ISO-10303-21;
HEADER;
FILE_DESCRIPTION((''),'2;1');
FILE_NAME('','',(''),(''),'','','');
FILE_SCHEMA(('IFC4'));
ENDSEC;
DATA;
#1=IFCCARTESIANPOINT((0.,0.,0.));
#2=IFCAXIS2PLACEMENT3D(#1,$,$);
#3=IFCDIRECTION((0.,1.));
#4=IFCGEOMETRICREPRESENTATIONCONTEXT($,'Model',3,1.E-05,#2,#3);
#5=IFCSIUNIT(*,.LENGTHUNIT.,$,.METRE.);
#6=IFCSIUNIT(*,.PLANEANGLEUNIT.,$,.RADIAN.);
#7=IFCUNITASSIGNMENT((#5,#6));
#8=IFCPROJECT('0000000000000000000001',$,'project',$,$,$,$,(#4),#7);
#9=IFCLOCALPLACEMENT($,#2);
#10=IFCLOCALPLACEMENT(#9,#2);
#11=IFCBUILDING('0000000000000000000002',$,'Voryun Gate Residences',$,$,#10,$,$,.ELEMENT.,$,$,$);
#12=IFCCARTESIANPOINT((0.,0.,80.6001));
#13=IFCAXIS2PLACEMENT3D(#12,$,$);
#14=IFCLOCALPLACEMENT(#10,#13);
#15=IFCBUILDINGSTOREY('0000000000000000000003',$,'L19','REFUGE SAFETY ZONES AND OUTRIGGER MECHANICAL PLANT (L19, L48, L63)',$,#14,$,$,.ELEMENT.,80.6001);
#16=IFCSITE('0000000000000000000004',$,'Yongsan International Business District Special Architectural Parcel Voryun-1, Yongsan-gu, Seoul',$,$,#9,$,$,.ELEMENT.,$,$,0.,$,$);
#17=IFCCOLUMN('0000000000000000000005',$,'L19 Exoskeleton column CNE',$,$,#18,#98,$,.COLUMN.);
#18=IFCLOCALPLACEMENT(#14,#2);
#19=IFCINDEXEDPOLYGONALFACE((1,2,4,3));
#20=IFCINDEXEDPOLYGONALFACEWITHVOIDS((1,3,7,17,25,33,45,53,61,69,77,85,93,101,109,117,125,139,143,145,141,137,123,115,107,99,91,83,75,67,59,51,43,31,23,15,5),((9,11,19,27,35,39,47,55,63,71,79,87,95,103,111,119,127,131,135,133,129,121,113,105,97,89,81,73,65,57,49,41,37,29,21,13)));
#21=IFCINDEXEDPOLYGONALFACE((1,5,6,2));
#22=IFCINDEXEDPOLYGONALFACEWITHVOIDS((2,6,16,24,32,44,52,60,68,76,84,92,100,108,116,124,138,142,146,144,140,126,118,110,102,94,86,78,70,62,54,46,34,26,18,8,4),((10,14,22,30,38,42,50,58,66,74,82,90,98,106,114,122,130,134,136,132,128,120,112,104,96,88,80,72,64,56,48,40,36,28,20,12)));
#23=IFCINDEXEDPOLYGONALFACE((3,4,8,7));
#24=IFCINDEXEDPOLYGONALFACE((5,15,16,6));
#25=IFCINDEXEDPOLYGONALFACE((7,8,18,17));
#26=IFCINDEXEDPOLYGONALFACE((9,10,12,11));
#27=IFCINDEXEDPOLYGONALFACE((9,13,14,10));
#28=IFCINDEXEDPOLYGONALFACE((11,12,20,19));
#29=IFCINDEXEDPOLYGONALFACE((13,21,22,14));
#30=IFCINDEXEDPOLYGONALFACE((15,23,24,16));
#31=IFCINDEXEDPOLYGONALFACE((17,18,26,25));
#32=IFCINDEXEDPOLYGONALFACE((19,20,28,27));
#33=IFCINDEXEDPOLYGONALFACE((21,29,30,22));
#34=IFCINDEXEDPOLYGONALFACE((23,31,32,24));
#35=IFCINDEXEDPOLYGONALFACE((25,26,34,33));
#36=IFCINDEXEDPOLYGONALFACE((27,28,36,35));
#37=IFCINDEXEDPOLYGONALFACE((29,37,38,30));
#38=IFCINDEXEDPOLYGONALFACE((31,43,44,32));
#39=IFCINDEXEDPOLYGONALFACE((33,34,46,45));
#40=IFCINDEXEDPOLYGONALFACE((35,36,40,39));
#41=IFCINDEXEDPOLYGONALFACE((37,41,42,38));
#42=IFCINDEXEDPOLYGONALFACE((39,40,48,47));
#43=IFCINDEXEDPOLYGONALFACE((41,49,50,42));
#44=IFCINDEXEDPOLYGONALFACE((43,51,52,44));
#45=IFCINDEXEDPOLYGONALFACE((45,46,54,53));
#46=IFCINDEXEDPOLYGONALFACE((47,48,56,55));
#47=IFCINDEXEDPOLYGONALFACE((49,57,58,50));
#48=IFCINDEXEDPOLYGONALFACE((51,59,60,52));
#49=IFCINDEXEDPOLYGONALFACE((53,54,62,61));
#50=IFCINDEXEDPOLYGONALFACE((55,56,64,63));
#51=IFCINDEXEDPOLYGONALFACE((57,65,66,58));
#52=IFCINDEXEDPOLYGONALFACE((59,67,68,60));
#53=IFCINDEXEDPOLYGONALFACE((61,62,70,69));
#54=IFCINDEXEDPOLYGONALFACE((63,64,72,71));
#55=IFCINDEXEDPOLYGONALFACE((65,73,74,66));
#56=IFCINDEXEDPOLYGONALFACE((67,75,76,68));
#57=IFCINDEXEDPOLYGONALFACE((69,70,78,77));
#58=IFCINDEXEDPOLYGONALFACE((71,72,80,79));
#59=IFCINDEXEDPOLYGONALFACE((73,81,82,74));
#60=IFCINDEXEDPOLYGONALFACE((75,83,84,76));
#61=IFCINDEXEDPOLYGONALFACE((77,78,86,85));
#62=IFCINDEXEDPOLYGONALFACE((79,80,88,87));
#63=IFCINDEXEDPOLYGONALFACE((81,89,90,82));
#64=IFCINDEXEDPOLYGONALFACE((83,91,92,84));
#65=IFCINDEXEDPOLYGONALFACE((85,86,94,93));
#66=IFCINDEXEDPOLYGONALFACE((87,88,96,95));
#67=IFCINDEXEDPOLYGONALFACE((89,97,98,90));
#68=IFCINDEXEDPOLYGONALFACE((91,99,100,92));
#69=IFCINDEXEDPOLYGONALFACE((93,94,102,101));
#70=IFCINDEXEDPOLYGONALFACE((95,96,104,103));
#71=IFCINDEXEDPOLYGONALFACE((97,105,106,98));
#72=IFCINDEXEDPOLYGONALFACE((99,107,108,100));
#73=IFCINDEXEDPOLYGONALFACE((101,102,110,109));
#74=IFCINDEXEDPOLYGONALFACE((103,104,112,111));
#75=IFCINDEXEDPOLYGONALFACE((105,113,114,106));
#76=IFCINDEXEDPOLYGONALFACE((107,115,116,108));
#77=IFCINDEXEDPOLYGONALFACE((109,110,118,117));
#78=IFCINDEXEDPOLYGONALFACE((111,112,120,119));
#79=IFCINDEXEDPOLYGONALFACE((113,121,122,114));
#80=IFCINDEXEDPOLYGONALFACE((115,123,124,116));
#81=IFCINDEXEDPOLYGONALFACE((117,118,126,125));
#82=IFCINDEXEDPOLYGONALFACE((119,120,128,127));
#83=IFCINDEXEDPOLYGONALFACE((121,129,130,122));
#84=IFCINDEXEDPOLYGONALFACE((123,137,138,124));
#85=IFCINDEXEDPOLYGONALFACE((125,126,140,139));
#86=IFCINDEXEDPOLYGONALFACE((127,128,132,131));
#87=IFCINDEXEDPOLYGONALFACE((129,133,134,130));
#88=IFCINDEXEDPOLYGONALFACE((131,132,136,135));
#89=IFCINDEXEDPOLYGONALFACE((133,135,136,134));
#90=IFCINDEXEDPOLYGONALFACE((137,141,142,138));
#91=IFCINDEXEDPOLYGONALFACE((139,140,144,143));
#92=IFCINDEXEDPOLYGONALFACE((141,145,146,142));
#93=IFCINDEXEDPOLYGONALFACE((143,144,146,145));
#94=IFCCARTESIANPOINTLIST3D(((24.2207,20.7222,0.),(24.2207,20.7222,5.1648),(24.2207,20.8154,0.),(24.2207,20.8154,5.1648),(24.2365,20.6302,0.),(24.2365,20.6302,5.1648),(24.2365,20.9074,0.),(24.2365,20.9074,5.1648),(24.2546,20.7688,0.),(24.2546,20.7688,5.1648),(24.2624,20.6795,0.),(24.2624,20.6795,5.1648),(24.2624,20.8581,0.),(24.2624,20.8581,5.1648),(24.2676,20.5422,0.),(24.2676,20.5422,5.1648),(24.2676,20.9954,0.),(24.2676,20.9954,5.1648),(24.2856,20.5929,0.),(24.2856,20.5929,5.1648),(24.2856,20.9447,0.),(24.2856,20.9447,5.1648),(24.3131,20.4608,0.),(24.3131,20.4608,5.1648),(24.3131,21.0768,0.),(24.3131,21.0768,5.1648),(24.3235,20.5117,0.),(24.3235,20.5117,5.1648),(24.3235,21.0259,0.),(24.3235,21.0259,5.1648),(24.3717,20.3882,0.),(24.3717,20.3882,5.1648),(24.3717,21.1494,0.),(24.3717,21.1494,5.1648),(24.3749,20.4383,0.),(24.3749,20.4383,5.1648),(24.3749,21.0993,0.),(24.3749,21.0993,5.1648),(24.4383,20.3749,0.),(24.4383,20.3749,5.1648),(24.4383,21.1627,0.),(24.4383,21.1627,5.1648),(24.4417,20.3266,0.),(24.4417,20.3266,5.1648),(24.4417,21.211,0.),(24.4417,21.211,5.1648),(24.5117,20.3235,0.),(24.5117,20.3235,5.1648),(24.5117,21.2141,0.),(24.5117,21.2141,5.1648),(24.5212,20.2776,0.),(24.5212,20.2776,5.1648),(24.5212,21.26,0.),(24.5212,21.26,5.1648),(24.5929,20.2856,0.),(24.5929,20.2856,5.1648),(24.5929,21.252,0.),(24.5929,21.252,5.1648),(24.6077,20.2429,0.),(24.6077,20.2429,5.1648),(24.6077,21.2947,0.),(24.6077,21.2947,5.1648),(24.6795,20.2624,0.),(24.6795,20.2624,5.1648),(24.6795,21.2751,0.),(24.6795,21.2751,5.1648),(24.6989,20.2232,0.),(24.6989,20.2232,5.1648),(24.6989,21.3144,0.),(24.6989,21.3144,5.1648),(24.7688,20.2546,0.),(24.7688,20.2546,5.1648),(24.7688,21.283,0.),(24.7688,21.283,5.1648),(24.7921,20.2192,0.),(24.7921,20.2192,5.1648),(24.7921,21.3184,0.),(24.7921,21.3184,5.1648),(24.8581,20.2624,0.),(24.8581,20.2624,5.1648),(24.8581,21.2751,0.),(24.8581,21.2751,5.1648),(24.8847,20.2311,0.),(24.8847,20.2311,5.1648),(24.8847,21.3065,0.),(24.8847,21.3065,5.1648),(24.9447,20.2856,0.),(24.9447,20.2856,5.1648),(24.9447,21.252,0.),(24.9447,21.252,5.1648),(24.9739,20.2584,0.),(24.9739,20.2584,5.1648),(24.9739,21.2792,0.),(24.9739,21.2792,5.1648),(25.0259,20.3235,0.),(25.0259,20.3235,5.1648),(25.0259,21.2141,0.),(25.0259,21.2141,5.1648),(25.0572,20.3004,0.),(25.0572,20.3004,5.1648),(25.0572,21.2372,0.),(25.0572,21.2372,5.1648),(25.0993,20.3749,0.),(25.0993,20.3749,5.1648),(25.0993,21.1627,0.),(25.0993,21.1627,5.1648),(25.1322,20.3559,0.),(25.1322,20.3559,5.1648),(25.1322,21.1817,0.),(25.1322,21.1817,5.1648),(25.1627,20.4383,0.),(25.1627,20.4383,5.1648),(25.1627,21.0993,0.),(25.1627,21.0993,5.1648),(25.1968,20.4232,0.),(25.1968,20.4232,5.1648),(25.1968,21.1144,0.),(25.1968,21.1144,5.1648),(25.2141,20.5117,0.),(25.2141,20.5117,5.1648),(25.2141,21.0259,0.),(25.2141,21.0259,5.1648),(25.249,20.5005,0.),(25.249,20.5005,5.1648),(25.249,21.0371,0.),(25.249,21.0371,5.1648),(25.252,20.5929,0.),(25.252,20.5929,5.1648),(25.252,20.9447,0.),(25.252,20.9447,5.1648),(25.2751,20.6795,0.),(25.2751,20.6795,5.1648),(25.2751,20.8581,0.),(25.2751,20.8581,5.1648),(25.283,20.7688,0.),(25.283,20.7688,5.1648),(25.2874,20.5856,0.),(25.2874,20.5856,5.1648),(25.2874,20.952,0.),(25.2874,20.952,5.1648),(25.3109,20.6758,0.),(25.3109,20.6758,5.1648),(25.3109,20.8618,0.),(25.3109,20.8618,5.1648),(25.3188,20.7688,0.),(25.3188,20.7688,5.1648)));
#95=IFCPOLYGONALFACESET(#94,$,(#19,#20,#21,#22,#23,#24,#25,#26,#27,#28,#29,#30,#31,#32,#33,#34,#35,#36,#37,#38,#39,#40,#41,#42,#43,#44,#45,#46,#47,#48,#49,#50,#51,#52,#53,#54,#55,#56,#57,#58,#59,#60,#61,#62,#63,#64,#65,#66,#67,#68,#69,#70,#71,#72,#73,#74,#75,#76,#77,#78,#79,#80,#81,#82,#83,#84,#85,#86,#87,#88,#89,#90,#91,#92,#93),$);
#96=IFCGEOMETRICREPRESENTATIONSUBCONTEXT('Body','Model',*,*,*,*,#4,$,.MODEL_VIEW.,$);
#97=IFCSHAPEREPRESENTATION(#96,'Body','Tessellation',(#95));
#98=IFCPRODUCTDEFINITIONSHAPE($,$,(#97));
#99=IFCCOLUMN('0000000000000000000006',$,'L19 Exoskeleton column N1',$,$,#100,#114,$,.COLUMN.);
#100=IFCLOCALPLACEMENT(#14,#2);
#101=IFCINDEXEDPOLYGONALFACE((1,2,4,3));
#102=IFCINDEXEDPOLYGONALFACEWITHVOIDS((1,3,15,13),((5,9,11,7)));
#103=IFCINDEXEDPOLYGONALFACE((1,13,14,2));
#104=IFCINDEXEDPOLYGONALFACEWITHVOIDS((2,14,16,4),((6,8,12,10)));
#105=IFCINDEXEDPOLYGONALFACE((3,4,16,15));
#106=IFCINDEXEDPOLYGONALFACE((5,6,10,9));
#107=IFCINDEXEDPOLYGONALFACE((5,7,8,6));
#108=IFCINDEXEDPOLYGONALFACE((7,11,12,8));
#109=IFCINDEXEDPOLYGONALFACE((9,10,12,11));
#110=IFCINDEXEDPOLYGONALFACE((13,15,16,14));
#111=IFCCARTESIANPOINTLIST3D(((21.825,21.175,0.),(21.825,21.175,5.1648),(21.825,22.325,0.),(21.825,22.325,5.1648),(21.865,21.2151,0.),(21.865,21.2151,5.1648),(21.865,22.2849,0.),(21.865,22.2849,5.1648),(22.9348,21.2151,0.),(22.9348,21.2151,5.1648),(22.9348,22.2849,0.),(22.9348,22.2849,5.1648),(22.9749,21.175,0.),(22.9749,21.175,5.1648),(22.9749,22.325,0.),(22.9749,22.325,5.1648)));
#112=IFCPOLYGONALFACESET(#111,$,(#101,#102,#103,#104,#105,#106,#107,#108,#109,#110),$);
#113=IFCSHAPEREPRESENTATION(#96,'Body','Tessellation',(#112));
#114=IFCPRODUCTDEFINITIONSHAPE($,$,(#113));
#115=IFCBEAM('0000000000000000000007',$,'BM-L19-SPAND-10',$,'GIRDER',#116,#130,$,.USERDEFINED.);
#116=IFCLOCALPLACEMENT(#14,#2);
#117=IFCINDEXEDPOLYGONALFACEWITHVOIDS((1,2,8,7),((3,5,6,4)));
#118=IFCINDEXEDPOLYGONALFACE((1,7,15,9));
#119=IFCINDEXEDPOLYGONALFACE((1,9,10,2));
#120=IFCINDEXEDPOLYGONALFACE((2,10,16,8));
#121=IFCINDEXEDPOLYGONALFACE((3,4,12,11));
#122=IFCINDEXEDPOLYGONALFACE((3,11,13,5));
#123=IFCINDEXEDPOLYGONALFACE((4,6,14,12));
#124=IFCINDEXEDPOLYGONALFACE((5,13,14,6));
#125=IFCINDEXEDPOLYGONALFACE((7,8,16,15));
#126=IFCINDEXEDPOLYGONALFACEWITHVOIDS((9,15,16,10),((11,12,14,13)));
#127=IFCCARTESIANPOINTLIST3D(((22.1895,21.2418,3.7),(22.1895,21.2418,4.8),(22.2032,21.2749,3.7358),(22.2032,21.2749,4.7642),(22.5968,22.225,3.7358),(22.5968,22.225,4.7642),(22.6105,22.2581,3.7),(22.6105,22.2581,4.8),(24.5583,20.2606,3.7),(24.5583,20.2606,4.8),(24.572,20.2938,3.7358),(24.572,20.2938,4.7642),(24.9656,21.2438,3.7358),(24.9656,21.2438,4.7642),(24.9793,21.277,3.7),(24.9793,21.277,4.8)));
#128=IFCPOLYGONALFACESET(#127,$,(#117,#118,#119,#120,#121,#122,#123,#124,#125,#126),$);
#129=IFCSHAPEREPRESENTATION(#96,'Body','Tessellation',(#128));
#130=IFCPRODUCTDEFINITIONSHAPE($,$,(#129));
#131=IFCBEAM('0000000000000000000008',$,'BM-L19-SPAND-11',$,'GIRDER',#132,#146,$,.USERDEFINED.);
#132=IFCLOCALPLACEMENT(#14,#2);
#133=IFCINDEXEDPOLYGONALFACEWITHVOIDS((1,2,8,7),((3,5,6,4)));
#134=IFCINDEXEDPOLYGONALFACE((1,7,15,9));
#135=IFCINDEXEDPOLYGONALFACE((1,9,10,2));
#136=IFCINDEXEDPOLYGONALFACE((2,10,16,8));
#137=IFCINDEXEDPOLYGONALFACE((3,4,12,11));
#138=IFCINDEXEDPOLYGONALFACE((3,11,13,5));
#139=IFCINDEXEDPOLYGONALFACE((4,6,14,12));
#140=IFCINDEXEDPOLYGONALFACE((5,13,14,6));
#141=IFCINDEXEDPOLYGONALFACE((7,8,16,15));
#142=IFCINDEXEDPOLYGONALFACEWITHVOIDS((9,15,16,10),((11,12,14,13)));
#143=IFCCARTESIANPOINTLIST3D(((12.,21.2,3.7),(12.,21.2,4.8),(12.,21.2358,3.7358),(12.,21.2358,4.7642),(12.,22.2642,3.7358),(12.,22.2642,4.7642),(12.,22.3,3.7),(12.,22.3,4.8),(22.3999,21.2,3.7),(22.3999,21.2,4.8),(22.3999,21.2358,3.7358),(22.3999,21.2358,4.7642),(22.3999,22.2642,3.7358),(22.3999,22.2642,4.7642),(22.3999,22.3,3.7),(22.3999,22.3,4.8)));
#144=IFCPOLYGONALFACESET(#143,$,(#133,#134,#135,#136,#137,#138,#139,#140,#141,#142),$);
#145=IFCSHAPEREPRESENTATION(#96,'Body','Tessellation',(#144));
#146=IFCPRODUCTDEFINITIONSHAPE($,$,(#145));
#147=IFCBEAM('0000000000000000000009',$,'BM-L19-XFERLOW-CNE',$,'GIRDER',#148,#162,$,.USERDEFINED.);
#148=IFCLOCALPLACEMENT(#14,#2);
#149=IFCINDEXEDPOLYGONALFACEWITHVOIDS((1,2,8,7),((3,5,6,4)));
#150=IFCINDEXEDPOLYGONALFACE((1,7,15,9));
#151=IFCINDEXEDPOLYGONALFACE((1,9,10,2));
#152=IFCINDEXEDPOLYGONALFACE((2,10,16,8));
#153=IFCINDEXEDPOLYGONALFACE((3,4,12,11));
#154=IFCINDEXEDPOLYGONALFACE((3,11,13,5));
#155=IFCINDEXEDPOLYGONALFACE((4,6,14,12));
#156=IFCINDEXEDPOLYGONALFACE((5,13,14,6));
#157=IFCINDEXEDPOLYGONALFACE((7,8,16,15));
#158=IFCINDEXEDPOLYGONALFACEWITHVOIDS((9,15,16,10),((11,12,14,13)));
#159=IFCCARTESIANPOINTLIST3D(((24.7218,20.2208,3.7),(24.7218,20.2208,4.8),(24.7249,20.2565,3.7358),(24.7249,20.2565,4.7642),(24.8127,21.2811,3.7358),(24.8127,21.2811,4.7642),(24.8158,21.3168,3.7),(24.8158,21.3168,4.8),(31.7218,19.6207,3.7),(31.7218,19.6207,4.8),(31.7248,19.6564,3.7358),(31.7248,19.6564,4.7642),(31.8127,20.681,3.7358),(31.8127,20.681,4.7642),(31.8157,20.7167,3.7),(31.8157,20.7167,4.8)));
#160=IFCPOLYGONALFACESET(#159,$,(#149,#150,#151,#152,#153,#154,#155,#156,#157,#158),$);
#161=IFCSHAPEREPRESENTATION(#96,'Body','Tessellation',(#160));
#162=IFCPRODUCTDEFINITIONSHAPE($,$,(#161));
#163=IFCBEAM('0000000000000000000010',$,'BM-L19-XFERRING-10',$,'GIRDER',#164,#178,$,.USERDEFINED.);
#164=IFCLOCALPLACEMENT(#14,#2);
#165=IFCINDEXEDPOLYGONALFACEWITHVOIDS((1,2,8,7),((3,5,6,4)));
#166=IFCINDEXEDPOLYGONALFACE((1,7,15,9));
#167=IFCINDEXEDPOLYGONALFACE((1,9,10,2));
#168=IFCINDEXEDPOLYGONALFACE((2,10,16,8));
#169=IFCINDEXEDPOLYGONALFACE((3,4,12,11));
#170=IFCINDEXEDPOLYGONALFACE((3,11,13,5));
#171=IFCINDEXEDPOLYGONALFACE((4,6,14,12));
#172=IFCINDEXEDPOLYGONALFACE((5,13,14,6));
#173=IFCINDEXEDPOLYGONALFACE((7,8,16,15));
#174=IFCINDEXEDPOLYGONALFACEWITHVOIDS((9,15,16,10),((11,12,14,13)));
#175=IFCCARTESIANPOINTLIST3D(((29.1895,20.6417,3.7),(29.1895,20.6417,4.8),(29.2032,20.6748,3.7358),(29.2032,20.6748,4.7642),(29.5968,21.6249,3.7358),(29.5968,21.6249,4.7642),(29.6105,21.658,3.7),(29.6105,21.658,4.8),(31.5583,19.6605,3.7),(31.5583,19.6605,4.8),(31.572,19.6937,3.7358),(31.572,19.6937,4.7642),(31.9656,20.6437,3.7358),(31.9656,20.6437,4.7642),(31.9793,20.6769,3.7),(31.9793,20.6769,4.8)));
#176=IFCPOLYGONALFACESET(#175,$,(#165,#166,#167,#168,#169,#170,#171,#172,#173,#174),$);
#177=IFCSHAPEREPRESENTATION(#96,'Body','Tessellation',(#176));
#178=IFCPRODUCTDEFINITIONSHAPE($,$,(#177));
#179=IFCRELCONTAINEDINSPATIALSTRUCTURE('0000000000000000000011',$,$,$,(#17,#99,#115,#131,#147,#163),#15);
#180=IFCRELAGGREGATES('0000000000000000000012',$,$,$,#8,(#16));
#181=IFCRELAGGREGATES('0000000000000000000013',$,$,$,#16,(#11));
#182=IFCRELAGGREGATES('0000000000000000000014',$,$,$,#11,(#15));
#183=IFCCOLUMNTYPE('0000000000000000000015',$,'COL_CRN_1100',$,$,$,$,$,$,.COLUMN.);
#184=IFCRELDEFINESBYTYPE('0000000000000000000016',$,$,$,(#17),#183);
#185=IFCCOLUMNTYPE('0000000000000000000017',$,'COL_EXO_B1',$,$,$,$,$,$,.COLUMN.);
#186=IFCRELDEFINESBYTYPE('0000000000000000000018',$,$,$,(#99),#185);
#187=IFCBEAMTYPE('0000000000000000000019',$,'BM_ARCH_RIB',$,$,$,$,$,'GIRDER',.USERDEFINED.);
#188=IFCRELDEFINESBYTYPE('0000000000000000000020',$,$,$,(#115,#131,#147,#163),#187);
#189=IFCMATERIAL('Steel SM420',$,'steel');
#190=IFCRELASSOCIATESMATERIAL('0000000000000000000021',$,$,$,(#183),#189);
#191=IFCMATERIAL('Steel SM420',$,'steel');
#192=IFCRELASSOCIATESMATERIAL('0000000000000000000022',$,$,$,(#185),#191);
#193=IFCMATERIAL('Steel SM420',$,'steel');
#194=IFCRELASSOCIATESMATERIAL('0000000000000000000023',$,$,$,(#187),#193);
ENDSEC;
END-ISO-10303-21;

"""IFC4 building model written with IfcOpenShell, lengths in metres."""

from ifc_helpers import new_model, si_unit, direction, frame, origin, origin_2d, place, context, subcontext, project, spatial, hollow_rectangle, hollow_circle, extrude, material, material_profile, profile_set, type_object, element, save


model = new_model("IFC4")

# Units and contexts
model_context = context("Model", 3, precision=1e-05, world=origin(), true_north=direction((0.0, 1.0)))
body_context = subcontext(model_context, "Body", "Model", "MODEL_VIEW")
ifc_project = project(units=[si_unit("LENGTHUNIT", "METRE"), si_unit("PLANEANGLEUNIT", "RADIAN")], contexts=[model_context])

# Site, building, storey
site_placement = place(None, origin())
site = spatial("IfcSite", under=ifc_project, at=site_placement, Name="Yongsan International Business District Special Architectural Parcel Voryun-1, Yongsan-gu, Seoul", CompositionType="ELEMENT", RefElevation=0.0)
building_placement = place(site_placement, origin())
building = spatial("IfcBuilding", under=site, at=building_placement, Name="Voryun Gate Residences", CompositionType="ELEMENT")
storey_placement = place(building_placement, frame((0.0, 0.0, 80.6001)))
storey = spatial("IfcBuildingStorey", under=building, at=storey_placement, Name="L19", Description="REFUGE SAFETY ZONES AND OUTRIGGER MECHANICAL PLANT (L19, L48, L63)", CompositionType="ELEMENT", Elevation=80.6001)

# Columns
ifc_material_1 = material(Name="Steel SM420", Category="steel")
ifc_material_profile_1 = material_profile(ifc_material_1, hollow_circle(Radius=0.55, WallThickness=0.0359, at=origin_2d()), Name="CHS-1100x36")
ifc_profile_set_1 = profile_set([ifc_material_profile_1], Name="Steel SM420")
column_type_1 = type_object("IfcColumnType", Name="COL_CRN_1100", PredefinedType="COLUMN", material=ifc_profile_set_1)
column_1_placement = place(storey_placement, frame((24.7688, 20.7688, 0.0), z_axis=(0.0, 0.0, 1.0), x_axis=(1.0, 0.0, 0.0)))
element("IfcColumn", 1, at=column_1_placement, inside=storey, type_object=column_type_1, Name="L19 Exoskeleton column CNE", PredefinedType="COLUMN", context=body_context, shape_type="SweptSolid", body=[
    extrude(hollow_circle(Radius=0.55, WallThickness=0.0359, at=origin_2d()), origin(), (0.0, 0.0, 1.0), 5.1648),
])
ifc_material_2 = material(Name="Steel SM420", Category="steel")
ifc_material_profile_2 = material_profile(ifc_material_2, hollow_rectangle(XDim=1.1499, YDim=1.1499, WallThickness=0.04, at=origin_2d()), Name="BOX-1150x1150x40")
ifc_profile_set_2 = profile_set([ifc_material_profile_2], Name="Steel SM420")
column_type_2 = type_object("IfcColumnType", Name="COL_EXO_B1", PredefinedType="COLUMN", material=ifc_profile_set_2)
column_2_placement = place(storey_placement, frame((22.3999, 21.75, 0.0), z_axis=(0.0, 0.0, 1.0), x_axis=(1.0, 0.0, 0.0)))
element("IfcColumn", 2, at=column_2_placement, inside=storey, type_object=column_type_2, Name="L19 Exoskeleton column N1", PredefinedType="COLUMN", context=body_context, shape_type="SweptSolid", body=[
    extrude(hollow_rectangle(XDim=1.1499, YDim=1.1499, WallThickness=0.04, at=origin_2d()), origin(), (0.0, 0.0, 1.0), 5.1648),
])

# Beams
ifc_material_3 = material(Name="Steel SM420", Category="steel")
ifc_material_profile_3 = material_profile(ifc_material_3, hollow_rectangle(XDim=1.1001, YDim=1.1001, WallThickness=0.0359, at=origin_2d()), Name="BOX-1100x1100x36")
ifc_profile_set_3 = profile_set([ifc_material_profile_3], Name="Steel SM420")
beam_type = type_object("IfcBeamType", Name="BM_ARCH_RIB", ElementType="GIRDER", PredefinedType="USERDEFINED", material=ifc_profile_set_3)
beam_1_placement = place(storey_placement, frame((24.7688, 20.7688, 4.25), z_axis=(-0.923883, 0.382674, 0.0), x_axis=(-0.382674, -0.923883, 0.0)))
element("IfcBeam", 3, at=beam_1_placement, inside=storey, type_object=beam_type, Name="BM-L19-SPAND-10", ObjectType="GIRDER", PredefinedType="USERDEFINED", context=body_context, shape_type="SweptSolid", body=[
    extrude(hollow_rectangle(XDim=1.1001, YDim=1.1001, WallThickness=0.0359, at=origin_2d()), origin(), (0.0, 0.0, 1.0), 2.564),
])
beam_2_placement = place(storey_placement, frame((22.3999, 21.75, 4.25), z_axis=(-1.0, 0.0, 0.0), x_axis=(0.0, -1.0, 0.0)))
element("IfcBeam", 4, at=beam_2_placement, inside=storey, type_object=beam_type, Name="BM-L19-SPAND-11", ObjectType="GIRDER", PredefinedType="USERDEFINED", context=body_context, shape_type="SweptSolid", body=[
    extrude(hollow_rectangle(XDim=1.1001, YDim=1.1001, WallThickness=0.0359, at=origin_2d()), origin(), (0.0, 0.0, 1.0), 10.3999),
])
beam_3_placement = place(storey_placement, frame((24.7688, 20.7688, 4.25), z_axis=(0.996345, -0.085415, 0.0), x_axis=(0.085415, 0.996345, 0.0)))
element("IfcBeam", 5, at=beam_3_placement, inside=storey, type_object=beam_type, Name="BM-L19-XFERLOW-CNE", ObjectType="GIRDER", PredefinedType="USERDEFINED", context=body_context, shape_type="SweptSolid", body=[
    extrude(hollow_rectangle(XDim=1.1001, YDim=1.1001, WallThickness=0.0359, at=origin_2d()), origin(), (0.0, 0.0, 1.0), 7.0256),
])
beam_4_placement = place(storey_placement, frame((31.7688, 20.1687, 4.25), z_axis=(-0.923883, 0.382674, 0.0), x_axis=(-0.382674, -0.923883, 0.0)))
element("IfcBeam", 6, at=beam_4_placement, inside=storey, type_object=beam_type, Name="BM-L19-XFERRING-10", ObjectType="GIRDER", PredefinedType="USERDEFINED", context=body_context, shape_type="SweptSolid", body=[
    extrude(hollow_rectangle(XDim=1.1001, YDim=1.1001, WallThickness=0.0359, at=origin_2d()), origin(), (0.0, 0.0, 1.0), 2.564),
])

save(model, "model.ifc")
